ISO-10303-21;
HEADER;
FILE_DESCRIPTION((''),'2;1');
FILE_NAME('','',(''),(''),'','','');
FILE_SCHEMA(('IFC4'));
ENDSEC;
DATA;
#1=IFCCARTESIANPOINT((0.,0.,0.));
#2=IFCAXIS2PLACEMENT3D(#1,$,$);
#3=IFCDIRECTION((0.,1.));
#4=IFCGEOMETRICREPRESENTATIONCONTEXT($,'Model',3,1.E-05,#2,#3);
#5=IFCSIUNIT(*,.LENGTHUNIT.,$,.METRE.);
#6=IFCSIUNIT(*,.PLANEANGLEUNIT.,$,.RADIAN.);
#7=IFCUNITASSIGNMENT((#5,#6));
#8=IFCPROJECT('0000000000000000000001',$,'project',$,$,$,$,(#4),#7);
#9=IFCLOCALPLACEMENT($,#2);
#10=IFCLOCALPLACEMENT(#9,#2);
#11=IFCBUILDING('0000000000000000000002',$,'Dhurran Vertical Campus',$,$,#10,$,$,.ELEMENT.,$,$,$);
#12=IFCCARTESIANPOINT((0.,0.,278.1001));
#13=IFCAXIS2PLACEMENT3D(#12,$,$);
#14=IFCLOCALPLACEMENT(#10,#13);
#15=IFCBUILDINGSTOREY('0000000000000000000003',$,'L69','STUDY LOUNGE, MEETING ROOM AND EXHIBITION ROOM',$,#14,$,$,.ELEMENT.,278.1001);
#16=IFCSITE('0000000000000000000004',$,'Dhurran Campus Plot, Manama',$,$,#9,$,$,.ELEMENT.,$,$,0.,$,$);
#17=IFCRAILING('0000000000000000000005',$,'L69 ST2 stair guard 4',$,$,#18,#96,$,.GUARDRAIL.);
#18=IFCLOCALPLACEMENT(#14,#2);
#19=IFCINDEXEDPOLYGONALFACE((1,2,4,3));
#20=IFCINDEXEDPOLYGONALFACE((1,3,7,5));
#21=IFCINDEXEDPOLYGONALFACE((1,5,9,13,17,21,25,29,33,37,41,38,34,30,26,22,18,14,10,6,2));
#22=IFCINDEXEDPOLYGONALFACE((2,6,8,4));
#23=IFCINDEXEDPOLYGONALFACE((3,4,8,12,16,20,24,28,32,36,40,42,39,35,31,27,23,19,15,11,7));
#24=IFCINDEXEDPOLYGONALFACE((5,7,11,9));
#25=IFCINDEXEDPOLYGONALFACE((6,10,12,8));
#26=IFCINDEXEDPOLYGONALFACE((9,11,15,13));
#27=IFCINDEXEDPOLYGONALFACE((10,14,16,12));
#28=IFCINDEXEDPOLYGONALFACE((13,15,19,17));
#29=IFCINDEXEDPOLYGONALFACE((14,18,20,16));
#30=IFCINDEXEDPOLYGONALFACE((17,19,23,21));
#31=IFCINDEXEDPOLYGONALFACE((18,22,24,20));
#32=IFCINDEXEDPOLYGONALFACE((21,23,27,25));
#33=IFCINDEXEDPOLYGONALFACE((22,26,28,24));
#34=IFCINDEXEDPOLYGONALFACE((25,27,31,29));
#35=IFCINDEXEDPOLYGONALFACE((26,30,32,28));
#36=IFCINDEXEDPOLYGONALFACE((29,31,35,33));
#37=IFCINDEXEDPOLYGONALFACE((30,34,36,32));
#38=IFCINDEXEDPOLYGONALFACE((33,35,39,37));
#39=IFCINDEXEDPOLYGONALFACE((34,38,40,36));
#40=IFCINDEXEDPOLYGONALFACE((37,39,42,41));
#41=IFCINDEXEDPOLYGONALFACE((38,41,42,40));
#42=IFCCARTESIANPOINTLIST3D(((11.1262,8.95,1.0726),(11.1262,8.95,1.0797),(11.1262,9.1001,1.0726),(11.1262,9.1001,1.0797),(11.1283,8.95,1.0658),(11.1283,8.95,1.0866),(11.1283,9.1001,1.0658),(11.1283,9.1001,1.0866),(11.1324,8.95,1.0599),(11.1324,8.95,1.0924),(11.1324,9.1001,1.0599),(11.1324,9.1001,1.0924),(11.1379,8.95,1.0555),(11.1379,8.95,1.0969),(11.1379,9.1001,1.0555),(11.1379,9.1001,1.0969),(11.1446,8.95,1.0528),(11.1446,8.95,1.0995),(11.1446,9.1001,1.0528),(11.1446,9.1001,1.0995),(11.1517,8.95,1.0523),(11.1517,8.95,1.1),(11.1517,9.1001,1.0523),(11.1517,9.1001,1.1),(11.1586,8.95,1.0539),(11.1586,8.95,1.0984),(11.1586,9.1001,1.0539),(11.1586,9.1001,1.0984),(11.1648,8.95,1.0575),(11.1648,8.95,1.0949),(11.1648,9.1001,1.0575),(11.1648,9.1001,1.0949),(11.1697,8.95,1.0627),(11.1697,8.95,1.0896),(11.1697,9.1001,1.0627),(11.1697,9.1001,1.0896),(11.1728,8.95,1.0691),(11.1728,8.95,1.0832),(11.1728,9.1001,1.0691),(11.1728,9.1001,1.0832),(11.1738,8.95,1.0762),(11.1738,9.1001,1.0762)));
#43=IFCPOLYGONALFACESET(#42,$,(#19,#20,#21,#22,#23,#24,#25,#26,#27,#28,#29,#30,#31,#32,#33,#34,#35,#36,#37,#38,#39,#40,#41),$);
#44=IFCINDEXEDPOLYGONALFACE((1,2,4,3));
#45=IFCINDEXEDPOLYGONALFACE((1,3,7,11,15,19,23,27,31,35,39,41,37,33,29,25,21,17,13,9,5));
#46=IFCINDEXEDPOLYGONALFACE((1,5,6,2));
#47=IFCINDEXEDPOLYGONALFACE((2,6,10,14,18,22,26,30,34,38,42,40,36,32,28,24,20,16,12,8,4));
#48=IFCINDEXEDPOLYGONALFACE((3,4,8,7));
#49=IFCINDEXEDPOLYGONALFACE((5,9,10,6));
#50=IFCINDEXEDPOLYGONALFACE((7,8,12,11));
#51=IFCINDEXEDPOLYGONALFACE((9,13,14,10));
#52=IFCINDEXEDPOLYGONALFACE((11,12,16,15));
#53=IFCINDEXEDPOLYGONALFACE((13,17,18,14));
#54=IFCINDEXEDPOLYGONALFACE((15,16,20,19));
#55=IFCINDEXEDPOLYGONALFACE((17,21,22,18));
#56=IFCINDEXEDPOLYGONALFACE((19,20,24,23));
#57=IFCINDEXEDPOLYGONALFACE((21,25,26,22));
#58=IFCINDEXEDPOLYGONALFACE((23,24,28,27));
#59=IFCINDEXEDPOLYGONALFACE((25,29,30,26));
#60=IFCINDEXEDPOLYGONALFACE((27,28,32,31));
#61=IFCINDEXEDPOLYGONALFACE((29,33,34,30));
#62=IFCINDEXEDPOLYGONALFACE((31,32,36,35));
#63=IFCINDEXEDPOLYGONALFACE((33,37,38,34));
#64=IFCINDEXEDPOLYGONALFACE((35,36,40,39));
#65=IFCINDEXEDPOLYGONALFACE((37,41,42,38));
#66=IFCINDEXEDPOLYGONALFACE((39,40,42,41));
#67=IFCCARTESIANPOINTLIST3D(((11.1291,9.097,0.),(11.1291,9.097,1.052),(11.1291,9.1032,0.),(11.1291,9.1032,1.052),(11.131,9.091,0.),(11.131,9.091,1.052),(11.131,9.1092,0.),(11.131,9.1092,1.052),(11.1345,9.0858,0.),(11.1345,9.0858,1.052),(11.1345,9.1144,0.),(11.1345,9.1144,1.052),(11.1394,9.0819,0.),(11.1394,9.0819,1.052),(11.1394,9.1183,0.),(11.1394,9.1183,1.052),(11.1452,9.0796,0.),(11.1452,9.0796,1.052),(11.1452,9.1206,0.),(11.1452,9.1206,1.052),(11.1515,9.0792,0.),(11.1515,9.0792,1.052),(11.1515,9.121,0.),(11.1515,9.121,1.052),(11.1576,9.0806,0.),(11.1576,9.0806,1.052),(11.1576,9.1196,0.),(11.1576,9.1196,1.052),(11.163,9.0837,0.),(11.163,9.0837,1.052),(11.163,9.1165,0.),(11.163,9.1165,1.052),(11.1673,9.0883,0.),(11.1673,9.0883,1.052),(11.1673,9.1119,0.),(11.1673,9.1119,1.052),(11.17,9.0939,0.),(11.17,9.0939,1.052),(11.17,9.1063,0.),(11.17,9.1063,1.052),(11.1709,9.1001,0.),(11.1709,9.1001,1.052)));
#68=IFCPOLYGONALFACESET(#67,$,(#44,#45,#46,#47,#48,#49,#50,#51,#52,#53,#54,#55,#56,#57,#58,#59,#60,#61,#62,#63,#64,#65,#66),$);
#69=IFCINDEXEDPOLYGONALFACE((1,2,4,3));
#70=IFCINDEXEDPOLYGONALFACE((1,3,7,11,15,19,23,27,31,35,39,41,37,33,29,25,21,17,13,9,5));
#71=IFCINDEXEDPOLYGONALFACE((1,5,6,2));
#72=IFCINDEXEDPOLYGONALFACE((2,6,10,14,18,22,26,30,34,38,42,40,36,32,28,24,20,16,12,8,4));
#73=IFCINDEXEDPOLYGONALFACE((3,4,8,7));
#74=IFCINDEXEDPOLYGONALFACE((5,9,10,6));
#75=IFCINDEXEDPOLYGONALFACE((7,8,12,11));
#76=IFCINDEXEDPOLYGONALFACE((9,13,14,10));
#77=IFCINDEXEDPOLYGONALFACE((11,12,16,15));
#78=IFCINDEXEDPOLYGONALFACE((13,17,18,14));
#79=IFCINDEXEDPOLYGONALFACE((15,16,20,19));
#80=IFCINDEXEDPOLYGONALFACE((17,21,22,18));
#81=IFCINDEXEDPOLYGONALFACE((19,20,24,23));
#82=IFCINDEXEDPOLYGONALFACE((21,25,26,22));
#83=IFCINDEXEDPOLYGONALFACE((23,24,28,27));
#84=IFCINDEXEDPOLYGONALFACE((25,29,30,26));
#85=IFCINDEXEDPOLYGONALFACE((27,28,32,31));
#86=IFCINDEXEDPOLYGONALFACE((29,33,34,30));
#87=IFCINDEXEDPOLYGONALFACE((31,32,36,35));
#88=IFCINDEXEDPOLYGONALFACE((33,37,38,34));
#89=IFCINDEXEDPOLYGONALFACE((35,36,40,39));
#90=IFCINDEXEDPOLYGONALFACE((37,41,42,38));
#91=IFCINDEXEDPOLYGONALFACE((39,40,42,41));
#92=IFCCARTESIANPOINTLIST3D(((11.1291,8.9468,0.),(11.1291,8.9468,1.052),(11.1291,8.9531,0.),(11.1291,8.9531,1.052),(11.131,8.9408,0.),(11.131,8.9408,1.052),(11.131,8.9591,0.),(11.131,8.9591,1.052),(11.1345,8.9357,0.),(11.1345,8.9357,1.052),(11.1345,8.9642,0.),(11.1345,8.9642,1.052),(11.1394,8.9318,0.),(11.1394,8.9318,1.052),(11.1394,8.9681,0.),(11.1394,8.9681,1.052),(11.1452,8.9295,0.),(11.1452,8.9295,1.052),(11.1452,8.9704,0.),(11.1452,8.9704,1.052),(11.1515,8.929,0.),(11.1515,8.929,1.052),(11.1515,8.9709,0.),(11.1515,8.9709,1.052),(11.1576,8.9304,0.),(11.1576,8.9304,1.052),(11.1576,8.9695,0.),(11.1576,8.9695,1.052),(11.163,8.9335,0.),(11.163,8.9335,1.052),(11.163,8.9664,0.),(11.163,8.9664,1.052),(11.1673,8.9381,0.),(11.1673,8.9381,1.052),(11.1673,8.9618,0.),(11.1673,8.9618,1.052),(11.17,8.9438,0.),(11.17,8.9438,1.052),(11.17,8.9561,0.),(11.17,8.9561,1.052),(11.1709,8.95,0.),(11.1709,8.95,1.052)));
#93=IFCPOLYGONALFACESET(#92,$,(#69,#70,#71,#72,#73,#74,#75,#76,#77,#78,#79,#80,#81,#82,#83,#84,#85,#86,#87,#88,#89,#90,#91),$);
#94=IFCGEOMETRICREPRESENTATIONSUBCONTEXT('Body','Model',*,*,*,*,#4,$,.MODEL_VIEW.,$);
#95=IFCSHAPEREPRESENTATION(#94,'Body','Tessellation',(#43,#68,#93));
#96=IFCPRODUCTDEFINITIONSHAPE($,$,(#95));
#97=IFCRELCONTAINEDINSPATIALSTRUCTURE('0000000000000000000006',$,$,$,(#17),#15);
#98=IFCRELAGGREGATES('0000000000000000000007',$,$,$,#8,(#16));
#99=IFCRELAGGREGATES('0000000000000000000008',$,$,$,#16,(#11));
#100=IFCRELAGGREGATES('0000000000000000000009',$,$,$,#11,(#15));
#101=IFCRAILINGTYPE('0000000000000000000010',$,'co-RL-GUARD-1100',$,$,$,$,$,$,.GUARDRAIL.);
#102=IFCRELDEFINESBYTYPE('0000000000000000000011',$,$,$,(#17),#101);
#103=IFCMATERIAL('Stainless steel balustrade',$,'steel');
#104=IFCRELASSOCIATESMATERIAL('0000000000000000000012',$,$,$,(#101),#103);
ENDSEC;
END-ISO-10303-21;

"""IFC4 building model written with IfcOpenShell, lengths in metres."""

from ifc_helpers import new_model, si_unit, direction, frame, origin, origin_2d, place, context, subcontext, project, spatial, circle, extrude, material, type_object, element, save


model = new_model("IFC4")

# Units and contexts
model_context = context("Model", 3, precision=1e-05, world=origin(), true_north=direction((0.0, 1.0)))
body_context = subcontext(model_context, "Body", "Model", "MODEL_VIEW")
ifc_project = project(units=[si_unit("LENGTHUNIT", "METRE"), si_unit("PLANEANGLEUNIT", "RADIAN")], contexts=[model_context])

# Site, building, storey
site_placement = place(None, origin())
site = spatial("IfcSite", under=ifc_project, at=site_placement, Name="Dhurran Campus Plot, Manama", CompositionType="ELEMENT", RefElevation=0.0)
building_placement = place(site_placement, origin())
building = spatial("IfcBuilding", under=site, at=building_placement, Name="Dhurran Vertical Campus", CompositionType="ELEMENT")
storey_placement = place(building_placement, frame((0.0, 0.0, 278.1001)))
storey = spatial("IfcBuildingStorey", under=building, at=storey_placement, Name="L69", Description="STUDY LOUNGE, MEETING ROOM AND EXHIBITION ROOM", CompositionType="ELEMENT", Elevation=278.1001)

# Railing
ifc_material_1 = material(Name="Stainless steel balustrade", Category="steel")
railing_type = type_object("IfcRailingType", Name="co-RL-GUARD-1100", PredefinedType="GUARDRAIL", material=ifc_material_1)
railing_1_placement = place(storey_placement, frame((11.1499, 9.1001, 0.0)))
element("IfcRailing", 1, at=railing_1_placement, inside=storey, type_object=railing_type, Name="L69 ST2 stair guard 4", PredefinedType="GUARDRAIL", context=body_context, shape_type="SweptSolid", body=[
    extrude(circle(Radius=0.0239, at=origin_2d()), frame((0.0, 0.0, 1.0762), z_axis=(0.0, -1.0, 0.0), x_axis=(1.0, 0.0, 0.0)), (0.0, 0.0, 1.0), 0.1501),
    extrude(circle(Radius=0.021, at=origin_2d()), origin(), (0.0, 0.0, 1.0), 1.052),
    extrude(circle(Radius=0.021, at=origin_2d()), frame((0.0, -0.1501, 0.0)), (0.0, 0.0, 1.0), 1.052),
])

save(model, "model.ifc")
